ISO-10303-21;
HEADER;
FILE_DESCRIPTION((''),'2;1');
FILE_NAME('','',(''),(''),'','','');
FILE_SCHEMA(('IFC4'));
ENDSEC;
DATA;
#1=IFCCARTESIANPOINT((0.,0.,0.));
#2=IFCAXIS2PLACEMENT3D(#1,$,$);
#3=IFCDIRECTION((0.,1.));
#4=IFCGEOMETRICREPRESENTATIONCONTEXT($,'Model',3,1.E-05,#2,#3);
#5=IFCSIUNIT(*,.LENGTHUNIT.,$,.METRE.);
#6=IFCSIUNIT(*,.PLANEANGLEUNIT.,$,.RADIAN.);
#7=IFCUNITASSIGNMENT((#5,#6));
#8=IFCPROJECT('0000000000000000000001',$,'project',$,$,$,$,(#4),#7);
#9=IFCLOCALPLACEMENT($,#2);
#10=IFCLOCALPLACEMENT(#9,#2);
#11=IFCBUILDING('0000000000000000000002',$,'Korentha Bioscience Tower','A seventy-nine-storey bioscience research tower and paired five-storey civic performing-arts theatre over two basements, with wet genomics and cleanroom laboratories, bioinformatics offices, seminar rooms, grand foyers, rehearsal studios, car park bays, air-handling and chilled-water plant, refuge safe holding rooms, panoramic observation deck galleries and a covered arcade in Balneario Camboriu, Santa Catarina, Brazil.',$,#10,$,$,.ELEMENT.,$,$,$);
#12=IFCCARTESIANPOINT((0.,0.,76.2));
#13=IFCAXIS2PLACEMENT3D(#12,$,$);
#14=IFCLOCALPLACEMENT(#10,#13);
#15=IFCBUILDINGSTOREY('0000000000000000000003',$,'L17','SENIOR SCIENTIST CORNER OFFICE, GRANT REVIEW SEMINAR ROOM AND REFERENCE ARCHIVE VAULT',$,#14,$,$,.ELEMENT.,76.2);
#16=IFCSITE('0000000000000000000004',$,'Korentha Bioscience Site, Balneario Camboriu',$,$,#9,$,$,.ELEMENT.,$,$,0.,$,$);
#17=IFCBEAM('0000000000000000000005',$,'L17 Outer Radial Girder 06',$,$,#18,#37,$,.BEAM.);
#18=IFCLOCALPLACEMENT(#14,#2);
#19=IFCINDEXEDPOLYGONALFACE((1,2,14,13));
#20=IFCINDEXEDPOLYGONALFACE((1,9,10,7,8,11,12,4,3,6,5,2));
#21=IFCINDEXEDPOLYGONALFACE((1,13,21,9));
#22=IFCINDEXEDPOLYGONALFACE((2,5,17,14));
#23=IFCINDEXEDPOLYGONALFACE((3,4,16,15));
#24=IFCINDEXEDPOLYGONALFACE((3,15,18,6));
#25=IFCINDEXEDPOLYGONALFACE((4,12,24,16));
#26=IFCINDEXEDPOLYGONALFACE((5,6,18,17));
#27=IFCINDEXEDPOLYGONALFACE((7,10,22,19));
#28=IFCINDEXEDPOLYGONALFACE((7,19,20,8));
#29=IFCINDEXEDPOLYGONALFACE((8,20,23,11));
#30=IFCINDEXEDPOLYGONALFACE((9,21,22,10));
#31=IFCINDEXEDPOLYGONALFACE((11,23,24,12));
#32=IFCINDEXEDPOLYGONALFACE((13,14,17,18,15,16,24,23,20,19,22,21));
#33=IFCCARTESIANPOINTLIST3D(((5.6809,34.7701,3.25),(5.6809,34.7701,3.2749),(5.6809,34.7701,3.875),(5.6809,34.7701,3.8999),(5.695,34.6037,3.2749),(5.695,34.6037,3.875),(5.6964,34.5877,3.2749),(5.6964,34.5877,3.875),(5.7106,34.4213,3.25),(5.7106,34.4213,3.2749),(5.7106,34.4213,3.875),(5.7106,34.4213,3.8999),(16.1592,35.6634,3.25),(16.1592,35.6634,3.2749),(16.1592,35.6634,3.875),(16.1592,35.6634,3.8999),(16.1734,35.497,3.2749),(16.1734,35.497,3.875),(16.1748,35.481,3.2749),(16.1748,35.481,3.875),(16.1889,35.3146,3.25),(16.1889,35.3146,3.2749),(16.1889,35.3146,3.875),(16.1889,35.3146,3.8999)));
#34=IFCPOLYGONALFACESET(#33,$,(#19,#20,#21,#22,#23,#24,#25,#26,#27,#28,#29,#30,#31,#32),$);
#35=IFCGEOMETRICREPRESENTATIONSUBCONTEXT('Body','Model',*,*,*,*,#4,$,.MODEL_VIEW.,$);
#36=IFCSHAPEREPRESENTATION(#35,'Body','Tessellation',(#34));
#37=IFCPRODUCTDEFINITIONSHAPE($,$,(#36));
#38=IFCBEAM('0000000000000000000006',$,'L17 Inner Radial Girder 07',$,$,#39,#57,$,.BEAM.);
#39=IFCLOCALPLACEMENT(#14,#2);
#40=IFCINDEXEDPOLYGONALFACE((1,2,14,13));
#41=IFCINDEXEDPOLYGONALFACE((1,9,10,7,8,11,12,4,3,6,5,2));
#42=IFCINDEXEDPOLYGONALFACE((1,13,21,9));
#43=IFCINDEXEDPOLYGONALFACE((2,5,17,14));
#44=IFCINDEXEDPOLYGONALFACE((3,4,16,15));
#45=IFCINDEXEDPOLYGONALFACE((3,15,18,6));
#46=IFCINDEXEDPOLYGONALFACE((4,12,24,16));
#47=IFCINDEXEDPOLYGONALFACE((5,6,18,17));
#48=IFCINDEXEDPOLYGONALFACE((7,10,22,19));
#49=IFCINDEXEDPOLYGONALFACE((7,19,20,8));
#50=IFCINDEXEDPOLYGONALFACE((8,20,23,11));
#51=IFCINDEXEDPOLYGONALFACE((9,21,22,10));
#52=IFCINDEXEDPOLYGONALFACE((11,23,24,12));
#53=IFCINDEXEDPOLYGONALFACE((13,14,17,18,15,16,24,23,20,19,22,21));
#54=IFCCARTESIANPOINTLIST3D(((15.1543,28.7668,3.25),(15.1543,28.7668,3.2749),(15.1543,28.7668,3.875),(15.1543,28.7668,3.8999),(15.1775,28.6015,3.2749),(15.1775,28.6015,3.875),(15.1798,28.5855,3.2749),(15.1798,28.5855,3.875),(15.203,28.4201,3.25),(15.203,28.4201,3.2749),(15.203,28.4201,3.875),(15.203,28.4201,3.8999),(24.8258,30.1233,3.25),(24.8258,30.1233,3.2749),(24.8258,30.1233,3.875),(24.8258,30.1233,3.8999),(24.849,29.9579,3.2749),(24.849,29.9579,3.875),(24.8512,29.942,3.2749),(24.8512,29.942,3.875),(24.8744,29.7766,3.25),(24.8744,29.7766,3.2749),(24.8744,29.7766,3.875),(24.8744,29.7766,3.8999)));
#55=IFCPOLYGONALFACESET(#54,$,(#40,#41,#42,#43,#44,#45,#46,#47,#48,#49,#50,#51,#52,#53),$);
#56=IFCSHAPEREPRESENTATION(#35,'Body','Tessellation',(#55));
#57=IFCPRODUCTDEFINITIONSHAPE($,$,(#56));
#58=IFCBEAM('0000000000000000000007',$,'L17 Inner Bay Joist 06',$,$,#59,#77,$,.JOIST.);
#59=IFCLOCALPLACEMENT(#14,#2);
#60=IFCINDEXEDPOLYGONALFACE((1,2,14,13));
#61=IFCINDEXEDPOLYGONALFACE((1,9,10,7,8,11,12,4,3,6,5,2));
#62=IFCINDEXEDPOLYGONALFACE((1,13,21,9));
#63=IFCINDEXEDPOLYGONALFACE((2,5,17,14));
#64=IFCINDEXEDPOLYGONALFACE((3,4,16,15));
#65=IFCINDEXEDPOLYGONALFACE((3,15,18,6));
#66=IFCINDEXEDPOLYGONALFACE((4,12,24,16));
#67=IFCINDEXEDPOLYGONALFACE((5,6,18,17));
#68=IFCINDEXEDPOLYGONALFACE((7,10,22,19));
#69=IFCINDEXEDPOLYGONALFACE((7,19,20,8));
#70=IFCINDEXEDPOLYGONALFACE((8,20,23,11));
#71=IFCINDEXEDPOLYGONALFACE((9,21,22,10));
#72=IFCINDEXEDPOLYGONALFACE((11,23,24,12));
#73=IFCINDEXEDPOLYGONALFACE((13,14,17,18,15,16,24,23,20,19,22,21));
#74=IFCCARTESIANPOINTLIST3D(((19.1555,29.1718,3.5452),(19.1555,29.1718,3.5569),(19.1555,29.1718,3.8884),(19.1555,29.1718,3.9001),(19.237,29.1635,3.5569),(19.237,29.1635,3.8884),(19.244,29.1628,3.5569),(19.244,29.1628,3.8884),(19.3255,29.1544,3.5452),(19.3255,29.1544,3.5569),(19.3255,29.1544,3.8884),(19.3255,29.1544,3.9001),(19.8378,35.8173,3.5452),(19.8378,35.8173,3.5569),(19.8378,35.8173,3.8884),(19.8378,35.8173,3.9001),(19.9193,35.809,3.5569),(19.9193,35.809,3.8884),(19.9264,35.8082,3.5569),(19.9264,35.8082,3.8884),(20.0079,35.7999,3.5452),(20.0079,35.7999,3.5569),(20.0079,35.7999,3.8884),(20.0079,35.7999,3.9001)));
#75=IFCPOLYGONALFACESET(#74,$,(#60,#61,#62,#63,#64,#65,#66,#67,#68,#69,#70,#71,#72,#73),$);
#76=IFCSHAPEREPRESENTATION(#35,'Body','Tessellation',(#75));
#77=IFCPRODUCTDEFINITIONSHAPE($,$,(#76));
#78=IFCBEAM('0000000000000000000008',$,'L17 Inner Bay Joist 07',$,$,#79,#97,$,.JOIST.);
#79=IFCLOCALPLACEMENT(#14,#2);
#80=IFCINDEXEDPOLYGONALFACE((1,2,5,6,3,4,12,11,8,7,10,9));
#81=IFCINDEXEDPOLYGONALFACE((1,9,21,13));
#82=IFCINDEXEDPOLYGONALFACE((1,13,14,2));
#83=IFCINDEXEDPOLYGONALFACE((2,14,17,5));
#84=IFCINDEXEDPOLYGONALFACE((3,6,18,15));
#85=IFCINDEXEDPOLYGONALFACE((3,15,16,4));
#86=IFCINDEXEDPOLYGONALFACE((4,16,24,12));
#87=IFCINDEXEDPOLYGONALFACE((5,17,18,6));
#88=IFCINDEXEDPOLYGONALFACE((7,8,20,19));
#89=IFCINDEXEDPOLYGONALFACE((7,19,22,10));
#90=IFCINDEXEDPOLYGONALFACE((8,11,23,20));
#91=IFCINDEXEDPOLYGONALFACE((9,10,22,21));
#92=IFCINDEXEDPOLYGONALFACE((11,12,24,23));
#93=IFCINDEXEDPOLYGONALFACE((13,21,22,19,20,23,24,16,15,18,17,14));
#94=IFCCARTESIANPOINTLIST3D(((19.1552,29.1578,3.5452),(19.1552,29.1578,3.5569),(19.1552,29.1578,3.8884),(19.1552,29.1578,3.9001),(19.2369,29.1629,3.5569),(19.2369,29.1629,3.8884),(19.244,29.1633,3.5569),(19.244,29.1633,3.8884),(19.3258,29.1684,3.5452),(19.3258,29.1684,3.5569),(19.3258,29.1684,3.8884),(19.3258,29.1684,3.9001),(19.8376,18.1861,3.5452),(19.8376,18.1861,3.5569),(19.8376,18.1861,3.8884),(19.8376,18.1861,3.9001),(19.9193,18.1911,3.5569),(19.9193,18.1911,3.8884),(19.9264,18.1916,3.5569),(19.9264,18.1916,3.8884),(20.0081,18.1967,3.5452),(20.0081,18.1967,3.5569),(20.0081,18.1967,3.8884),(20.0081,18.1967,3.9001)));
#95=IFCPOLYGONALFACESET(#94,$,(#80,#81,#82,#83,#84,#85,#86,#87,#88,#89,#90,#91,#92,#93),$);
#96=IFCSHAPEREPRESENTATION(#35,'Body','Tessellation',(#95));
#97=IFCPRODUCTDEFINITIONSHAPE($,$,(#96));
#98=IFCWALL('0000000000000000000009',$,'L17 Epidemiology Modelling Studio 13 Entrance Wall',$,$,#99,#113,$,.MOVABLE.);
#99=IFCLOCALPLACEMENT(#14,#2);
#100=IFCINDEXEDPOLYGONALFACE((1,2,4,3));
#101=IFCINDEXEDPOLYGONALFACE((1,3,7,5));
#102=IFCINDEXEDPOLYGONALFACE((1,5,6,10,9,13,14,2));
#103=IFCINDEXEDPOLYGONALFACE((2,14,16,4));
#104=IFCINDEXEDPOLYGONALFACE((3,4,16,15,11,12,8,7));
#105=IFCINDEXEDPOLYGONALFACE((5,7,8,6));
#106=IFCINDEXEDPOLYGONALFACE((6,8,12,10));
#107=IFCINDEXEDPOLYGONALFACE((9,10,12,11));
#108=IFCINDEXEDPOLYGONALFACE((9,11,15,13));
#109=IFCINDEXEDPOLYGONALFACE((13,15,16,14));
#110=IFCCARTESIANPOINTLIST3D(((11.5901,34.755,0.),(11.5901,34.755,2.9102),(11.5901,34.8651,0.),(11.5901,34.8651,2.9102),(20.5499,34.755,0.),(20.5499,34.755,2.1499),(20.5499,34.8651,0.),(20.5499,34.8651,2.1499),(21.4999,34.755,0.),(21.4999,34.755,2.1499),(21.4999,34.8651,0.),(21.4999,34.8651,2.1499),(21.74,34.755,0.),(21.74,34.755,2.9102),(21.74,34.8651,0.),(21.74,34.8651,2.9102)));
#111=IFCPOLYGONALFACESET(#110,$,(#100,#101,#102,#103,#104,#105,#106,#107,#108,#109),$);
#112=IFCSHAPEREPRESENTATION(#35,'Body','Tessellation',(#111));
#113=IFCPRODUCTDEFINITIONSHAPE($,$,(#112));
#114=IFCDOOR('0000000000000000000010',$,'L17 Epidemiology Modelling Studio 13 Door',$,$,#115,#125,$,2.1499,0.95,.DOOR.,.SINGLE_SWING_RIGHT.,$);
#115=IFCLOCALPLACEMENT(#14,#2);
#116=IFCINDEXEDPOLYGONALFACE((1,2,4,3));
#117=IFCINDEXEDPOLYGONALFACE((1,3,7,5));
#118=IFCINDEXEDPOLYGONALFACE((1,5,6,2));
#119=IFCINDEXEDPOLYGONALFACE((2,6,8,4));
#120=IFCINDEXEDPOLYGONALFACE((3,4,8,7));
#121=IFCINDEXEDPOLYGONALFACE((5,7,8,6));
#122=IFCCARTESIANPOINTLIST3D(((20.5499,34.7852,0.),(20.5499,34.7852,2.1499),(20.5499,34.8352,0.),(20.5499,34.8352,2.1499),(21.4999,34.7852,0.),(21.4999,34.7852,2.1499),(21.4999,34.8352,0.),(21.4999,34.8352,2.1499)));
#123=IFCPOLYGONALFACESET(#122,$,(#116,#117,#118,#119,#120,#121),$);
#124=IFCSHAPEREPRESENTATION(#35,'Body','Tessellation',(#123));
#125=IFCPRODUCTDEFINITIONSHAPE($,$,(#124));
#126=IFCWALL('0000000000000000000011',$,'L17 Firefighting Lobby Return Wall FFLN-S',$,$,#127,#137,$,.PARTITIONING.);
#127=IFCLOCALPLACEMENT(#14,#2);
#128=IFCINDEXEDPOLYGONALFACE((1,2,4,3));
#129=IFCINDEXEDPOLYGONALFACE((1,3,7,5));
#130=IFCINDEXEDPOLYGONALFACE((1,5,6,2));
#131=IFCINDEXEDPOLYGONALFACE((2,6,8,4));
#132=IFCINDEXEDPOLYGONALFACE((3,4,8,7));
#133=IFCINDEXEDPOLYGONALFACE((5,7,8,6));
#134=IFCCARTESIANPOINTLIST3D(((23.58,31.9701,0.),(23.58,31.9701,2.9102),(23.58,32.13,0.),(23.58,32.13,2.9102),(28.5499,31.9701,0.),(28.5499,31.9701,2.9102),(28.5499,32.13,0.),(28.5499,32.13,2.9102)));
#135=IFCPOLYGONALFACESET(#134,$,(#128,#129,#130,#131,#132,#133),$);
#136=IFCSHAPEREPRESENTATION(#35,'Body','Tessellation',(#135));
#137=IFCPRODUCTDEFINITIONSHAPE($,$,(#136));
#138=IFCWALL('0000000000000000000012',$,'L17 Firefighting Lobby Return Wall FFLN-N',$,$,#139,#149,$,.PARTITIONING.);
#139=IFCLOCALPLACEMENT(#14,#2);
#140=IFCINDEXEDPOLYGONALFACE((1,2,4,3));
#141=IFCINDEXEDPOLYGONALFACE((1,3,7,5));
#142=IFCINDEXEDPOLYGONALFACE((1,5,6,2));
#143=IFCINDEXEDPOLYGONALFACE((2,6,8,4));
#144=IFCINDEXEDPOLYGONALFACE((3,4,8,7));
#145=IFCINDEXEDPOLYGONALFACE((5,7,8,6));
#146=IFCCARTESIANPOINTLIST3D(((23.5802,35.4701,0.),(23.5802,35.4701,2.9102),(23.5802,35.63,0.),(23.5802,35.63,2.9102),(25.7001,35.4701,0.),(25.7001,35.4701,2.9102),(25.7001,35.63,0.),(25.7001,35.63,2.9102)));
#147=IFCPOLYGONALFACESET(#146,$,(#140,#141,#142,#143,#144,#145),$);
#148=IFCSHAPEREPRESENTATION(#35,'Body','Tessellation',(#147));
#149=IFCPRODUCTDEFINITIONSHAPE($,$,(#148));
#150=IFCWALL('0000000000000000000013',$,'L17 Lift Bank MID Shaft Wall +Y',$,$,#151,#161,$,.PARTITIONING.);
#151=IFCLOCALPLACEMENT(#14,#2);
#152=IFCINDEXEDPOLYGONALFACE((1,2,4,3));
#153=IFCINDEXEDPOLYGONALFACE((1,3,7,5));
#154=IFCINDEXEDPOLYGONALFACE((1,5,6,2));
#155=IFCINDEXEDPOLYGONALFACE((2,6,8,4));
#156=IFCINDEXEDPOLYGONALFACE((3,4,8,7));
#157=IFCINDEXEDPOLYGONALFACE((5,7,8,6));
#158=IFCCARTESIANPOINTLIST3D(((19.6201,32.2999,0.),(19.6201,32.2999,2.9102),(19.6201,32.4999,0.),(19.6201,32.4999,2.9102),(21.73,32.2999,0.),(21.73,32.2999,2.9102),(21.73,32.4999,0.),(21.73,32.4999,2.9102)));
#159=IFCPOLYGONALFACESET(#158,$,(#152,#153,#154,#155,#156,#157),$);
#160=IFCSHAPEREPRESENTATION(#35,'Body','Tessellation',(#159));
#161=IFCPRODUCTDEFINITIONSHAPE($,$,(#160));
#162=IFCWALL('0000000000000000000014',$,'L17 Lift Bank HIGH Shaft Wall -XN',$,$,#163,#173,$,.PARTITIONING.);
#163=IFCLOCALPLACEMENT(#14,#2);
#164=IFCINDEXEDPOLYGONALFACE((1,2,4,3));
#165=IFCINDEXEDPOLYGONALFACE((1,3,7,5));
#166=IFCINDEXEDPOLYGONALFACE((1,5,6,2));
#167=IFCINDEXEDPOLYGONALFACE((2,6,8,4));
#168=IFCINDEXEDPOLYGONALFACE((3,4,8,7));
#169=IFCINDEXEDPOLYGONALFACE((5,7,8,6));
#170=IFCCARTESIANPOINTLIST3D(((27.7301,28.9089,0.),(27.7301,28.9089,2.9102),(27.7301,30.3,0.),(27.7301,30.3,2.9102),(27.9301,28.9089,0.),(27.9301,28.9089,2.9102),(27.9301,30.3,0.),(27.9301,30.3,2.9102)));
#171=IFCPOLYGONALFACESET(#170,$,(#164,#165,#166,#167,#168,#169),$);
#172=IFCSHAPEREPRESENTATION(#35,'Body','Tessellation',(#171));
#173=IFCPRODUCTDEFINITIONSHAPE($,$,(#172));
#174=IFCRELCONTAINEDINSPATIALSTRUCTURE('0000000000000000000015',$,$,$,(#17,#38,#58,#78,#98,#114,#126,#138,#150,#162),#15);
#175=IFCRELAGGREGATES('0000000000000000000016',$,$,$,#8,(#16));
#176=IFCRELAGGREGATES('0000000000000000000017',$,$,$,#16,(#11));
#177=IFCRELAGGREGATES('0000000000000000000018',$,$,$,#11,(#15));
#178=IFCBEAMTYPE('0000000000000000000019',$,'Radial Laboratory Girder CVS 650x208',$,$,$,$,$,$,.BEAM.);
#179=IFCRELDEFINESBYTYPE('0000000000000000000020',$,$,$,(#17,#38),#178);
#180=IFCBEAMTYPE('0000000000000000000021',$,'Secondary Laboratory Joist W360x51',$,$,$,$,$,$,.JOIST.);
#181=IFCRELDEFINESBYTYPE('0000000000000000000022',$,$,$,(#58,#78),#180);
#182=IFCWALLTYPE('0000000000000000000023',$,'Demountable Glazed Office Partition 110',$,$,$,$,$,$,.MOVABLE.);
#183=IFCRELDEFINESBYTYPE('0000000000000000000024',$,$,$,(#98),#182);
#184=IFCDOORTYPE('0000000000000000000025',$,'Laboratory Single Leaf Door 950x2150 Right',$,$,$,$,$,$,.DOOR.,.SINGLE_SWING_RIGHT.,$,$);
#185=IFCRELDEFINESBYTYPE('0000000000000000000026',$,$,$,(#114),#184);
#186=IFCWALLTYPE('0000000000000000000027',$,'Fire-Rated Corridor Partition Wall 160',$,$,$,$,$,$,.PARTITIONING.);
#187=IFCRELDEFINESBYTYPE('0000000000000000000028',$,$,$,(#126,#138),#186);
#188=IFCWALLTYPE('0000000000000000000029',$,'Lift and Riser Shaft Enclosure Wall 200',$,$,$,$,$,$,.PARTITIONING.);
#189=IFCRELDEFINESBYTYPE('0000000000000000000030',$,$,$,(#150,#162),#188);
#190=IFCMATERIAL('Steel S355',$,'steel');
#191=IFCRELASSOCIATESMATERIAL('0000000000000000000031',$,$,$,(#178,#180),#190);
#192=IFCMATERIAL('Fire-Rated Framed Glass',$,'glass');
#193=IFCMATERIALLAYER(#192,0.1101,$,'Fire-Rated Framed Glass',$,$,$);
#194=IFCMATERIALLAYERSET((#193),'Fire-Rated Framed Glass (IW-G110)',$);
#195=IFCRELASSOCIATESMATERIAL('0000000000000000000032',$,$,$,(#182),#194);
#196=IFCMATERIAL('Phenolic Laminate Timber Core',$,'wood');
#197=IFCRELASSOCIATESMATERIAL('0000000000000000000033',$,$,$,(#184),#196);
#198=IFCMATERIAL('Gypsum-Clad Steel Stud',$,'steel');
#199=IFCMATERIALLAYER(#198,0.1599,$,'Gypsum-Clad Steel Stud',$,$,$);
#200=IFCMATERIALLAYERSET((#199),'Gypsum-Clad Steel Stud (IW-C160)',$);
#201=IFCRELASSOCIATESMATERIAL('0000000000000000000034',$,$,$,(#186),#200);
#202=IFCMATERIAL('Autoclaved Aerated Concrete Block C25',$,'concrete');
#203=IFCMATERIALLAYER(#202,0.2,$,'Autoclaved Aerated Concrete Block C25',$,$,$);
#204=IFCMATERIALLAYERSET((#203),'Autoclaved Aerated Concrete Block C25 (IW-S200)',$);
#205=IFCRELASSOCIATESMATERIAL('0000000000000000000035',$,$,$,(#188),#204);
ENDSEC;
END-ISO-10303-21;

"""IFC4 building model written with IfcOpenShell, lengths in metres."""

from ifc_helpers import new_model, si_unit, direction, frame, frame_2d, origin, origin_2d, place, context, subcontext, project, spatial, rectangle, i_section, extrude, material, layer, layer_set, material_profile, profile_set, type_object, element, fill, save


model = new_model("IFC4")

# Units and contexts
model_context = context("Model", 3, precision=1e-05, world=origin(), true_north=direction((0.0, 1.0)))
body_context = subcontext(model_context, "Body", "Model", "MODEL_VIEW")
ifc_project = project(units=[si_unit("LENGTHUNIT", "METRE"), si_unit("PLANEANGLEUNIT", "RADIAN")], contexts=[model_context])

# Site, building, storey
site_placement = place(None, origin())
site = spatial("IfcSite", under=ifc_project, at=site_placement, Name="Korentha Bioscience Site, Balneario Camboriu", CompositionType="ELEMENT", RefElevation=0.0)
building_placement = place(site_placement, origin())
building = spatial("IfcBuilding", under=site, at=building_placement, Name="Korentha Bioscience Tower", Description="A seventy-nine-storey bioscience research tower and paired five-storey civic performing-arts theatre over two basements, with wet genomics and cleanroom laboratories, bioinformatics offices, seminar rooms, grand foyers, rehearsal studios, car park bays, air-handling and chilled-water plant, refuge safe holding rooms, panoramic observation deck galleries and a covered arcade in Balneario Camboriu, Santa Catarina, Brazil.", CompositionType="ELEMENT")
storey_placement = place(building_placement, frame((0.0, 0.0, 76.2)))
storey = spatial("IfcBuildingStorey", under=building, at=storey_placement, Name="L17", Description="SENIOR SCIENTIST CORNER OFFICE, GRANT REVIEW SEMINAR ROOM AND REFERENCE ARCHIVE VAULT", CompositionType="ELEMENT", Elevation=76.2)

# Beams
ifc_material_1 = material(Name="Steel S355", Category="steel")
ifc_material_profile_1 = material_profile(ifc_material_1, i_section(OverallWidth=0.3501, OverallDepth=0.6499, WebThickness=0.0161, FlangeThickness=0.0249, at=origin_2d()), Name="Steel S355")
ifc_profile_set_1 = profile_set([ifc_material_profile_1], Name="Steel S355 (RB-650)")
beam_type_1 = type_object("IfcBeamType", Name="Radial Laboratory Girder CVS 650x208", PredefinedType="BEAM", material=ifc_profile_set_1)
beam_1_placement = place(storey_placement, frame((16.1741, 35.489, 3.575), z_axis=(-0.996386, -0.084945, 0.0), x_axis=(0.084945, -0.996386, 0.0)))
element("IfcBeam", 1, at=beam_1_placement, inside=storey, type_object=beam_type_1, Name="L17 Outer Radial Girder 06", PredefinedType="BEAM", context=body_context, shape_type="SweptSolid", body=[
    extrude(i_section(OverallWidth=0.3501, OverallDepth=0.6499, WebThickness=0.0161, FlangeThickness=0.0249, at=origin_2d()), origin(), (0.0, 0.0, 1.0), 10.5164),
])
beam_2_placement = place(storey_placement, frame((24.8501, 29.95, 3.575), z_axis=(-0.990307, -0.138894, 0.0), x_axis=(0.138894, -0.990307, 0.0)))
element("IfcBeam", 2, at=beam_2_placement, inside=storey, type_object=beam_type_1, Name="L17 Inner Radial Girder 07", PredefinedType="BEAM", context=body_context, shape_type="SweptSolid", body=[
    extrude(i_section(OverallWidth=0.3501, OverallDepth=0.6499, WebThickness=0.0161, FlangeThickness=0.0249, at=origin_2d()), origin(), (0.0, 0.0, 1.0), 9.7661),
])
ifc_material_profile_2 = material_profile(ifc_material_1, i_section(OverallWidth=0.1709, OverallDepth=0.355, WebThickness=0.0071, FlangeThickness=0.0117, at=origin_2d()), Name="Steel S355")
ifc_profile_set_2 = profile_set([ifc_material_profile_2], Name="Steel S355 (JB-360)")
beam_type_2 = type_object("IfcBeamType", Name="Secondary Laboratory Joist W360x51", PredefinedType="JOIST", material=ifc_profile_set_2)
beam_3_placement = place(storey_placement, frame((19.9229, 35.8086, 3.7227), z_axis=(-0.102145, -0.99477, 0.0), x_axis=(0.99477, -0.102145, 0.0)))
element("IfcBeam", 3, at=beam_3_placement, inside=storey, type_object=beam_type_2, Name="L17 Inner Bay Joist 06", PredefinedType="JOIST", context=body_context, shape_type="SweptSolid", body=[
    extrude(i_section(OverallWidth=0.1709, OverallDepth=0.355, WebThickness=0.0071, FlangeThickness=0.0117, at=origin_2d()), origin(), (0.0, 0.0, 1.0), 6.6804),
])
beam_4_placement = place(storey_placement, frame((19.2405, 29.1631, 3.7227), z_axis=(0.062074, -0.998072, 0.0), x_axis=(0.998072, 0.062074, 0.0)))
element("IfcBeam", 4, at=beam_4_placement, inside=storey, type_object=beam_type_2, Name="L17 Inner Bay Joist 07", PredefinedType="JOIST", context=body_context, shape_type="SweptSolid", body=[
    extrude(i_section(OverallWidth=0.1709, OverallDepth=0.355, WebThickness=0.0071, FlangeThickness=0.0117, at=origin_2d()), origin(), (0.0, 0.0, 1.0), 10.9929),
])

# Wall, opening, door
ifc_material_2 = material(Name="Fire-Rated Framed Glass", Category="glass")
ifc_layer_1 = layer(ifc_material_2, 0.1101, Name="Fire-Rated Framed Glass")
ifc_layer_set_1 = layer_set([ifc_layer_1], Name="Fire-Rated Framed Glass (IW-G110)")
wall_type_1 = type_object("IfcWallType", Name="Demountable Glazed Office Partition 110", PredefinedType="MOVABLE", material=ifc_layer_set_1)
wall_1_placement = place(storey_placement, frame((21.74, 34.8101, 0.0), z_axis=(0.0, 0.0, 1.0), x_axis=(-1.0, 0.0, 0.0)))
wall_1 = element("IfcWall", 5, at=wall_1_placement, inside=storey, type_object=wall_type_1, Name="L17 Epidemiology Modelling Studio 13 Entrance Wall", PredefinedType="MOVABLE", context=body_context, shape_type="SweptSolid", body=[
    extrude(rectangle(XDim=10.1499, YDim=0.1101, at=frame_2d((5.075, 0.0))), origin(), (0.0, 0.0, 1.0), 2.9102),
])
opening_1_placement = place(wall_1_placement, frame((0.24, 0.0, 0.0)))
opening_1 = element("IfcOpeningElement", 6, at=opening_1_placement, cuts=wall_1, PredefinedType="OPENING", context=body_context, shape_type="SweptSolid", body=[
    extrude(rectangle(XDim=0.95, YDim=2.1499, at=frame_2d((0.4751, 1.075))), frame((0.0, 0.0698, 0.0), z_axis=(0.0, -1.0, 0.0), x_axis=(1.0, 0.0, 0.0)), (0.0, 0.0, 1.0), 0.1399),
])
ifc_material_3 = material(Name="Phenolic Laminate Timber Core", Category="wood")
door_type_1 = type_object("IfcDoorType", Name="Laboratory Single Leaf Door 950x2150 Right", OperationType="SINGLE_SWING_RIGHT", PredefinedType="DOOR", material=ifc_material_3)
door_1_placement = place(opening_1_placement, origin())
door_1 = element("IfcDoor", 7, at=door_1_placement, inside=storey, type_object=door_type_1, Name="L17 Epidemiology Modelling Studio 13 Door", OperationType="SINGLE_SWING_RIGHT", OverallHeight=2.1499, OverallWidth=0.95, PredefinedType="DOOR", context=body_context, shape_type="SweptSolid", body=[
    extrude(rectangle(XDim=0.95, YDim=2.1499, at=frame_2d((0.4751, 1.075))), frame((0.0, 0.0249, 0.0), z_axis=(0.0, -1.0, 0.0), x_axis=(1.0, 0.0, 0.0)), (0.0, 0.0, 1.0), 0.05),
])
fill(opening_1, door_1)
ifc_material_4 = material(Name="Gypsum-Clad Steel Stud", Category="steel")
ifc_layer_2 = layer(ifc_material_4, 0.1599, Name="Gypsum-Clad Steel Stud")
ifc_layer_set_2 = layer_set([ifc_layer_2], Name="Gypsum-Clad Steel Stud (IW-C160)")
wall_type_2 = type_object("IfcWallType", Name="Fire-Rated Corridor Partition Wall 160", PredefinedType="PARTITIONING", material=ifc_layer_set_2)

# Walls
wall_2_placement = place(storey_placement, frame((23.5801, 32.05, 0.0), z_axis=(0.0, 0.0, 1.0), x_axis=(1.0, 0.0, 0.0)))
element("IfcWall", 8, at=wall_2_placement, inside=storey, type_object=wall_type_2, Name="L17 Firefighting Lobby Return Wall FFLN-S", PredefinedType="PARTITIONING", context=body_context, shape_type="SweptSolid", body=[
    extrude(rectangle(XDim=4.97, YDim=0.1599, at=frame_2d((2.4849, 0.0))), origin(), (0.0, 0.0, 1.0), 2.9102),
])
wall_3_placement = place(storey_placement, frame((23.5801, 35.55, 0.0), z_axis=(0.0, 0.0, 1.0), x_axis=(1.0, 0.0, 0.0)))
element("IfcWall", 9, at=wall_3_placement, inside=storey, type_object=wall_type_2, Name="L17 Firefighting Lobby Return Wall FFLN-N", PredefinedType="PARTITIONING", context=body_context, shape_type="SweptSolid", body=[
    extrude(rectangle(XDim=2.1199, YDim=0.1599, at=frame_2d((1.0601, 0.0))), origin(), (0.0, 0.0, 1.0), 2.9102),
])
ifc_material_5 = material(Name="Autoclaved Aerated Concrete Block C25", Category="concrete")
ifc_layer_3 = layer(ifc_material_5, 0.2, Name="Autoclaved Aerated Concrete Block C25")
ifc_layer_set_3 = layer_set([ifc_layer_3], Name="Autoclaved Aerated Concrete Block C25 (IW-S200)")
wall_type_3 = type_object("IfcWallType", Name="Lift and Riser Shaft Enclosure Wall 200", PredefinedType="PARTITIONING", material=ifc_layer_set_3)
wall_4_placement = place(storey_placement, frame((19.6201, 32.3999, 0.0), z_axis=(0.0, 0.0, 1.0), x_axis=(1.0, 0.0, 0.0)))
element("IfcWall", 10, at=wall_4_placement, inside=storey, type_object=wall_type_3, Name="L17 Lift Bank MID Shaft Wall +Y", PredefinedType="PARTITIONING", context=body_context, shape_type="SweptSolid", body=[
    extrude(rectangle(XDim=2.1099, YDim=0.2, at=frame_2d((1.0549, 0.0))), origin(), (0.0, 0.0, 1.0), 2.9102),
])
wall_5_placement = place(storey_placement, frame((27.8301, 28.9089, 0.0), z_axis=(0.0, 0.0, 1.0), x_axis=(0.0, 1.0, 0.0)))
element("IfcWall", 11, at=wall_5_placement, inside=storey, type_object=wall_type_3, Name="L17 Lift Bank HIGH Shaft Wall -XN", PredefinedType="PARTITIONING", context=body_context, shape_type="SweptSolid", body=[
    extrude(rectangle(XDim=1.3911, YDim=0.2, at=frame_2d((0.6956, 0.0))), origin(), (0.0, 0.0, 1.0), 2.9102),
])

save(model, "model.ifc")
